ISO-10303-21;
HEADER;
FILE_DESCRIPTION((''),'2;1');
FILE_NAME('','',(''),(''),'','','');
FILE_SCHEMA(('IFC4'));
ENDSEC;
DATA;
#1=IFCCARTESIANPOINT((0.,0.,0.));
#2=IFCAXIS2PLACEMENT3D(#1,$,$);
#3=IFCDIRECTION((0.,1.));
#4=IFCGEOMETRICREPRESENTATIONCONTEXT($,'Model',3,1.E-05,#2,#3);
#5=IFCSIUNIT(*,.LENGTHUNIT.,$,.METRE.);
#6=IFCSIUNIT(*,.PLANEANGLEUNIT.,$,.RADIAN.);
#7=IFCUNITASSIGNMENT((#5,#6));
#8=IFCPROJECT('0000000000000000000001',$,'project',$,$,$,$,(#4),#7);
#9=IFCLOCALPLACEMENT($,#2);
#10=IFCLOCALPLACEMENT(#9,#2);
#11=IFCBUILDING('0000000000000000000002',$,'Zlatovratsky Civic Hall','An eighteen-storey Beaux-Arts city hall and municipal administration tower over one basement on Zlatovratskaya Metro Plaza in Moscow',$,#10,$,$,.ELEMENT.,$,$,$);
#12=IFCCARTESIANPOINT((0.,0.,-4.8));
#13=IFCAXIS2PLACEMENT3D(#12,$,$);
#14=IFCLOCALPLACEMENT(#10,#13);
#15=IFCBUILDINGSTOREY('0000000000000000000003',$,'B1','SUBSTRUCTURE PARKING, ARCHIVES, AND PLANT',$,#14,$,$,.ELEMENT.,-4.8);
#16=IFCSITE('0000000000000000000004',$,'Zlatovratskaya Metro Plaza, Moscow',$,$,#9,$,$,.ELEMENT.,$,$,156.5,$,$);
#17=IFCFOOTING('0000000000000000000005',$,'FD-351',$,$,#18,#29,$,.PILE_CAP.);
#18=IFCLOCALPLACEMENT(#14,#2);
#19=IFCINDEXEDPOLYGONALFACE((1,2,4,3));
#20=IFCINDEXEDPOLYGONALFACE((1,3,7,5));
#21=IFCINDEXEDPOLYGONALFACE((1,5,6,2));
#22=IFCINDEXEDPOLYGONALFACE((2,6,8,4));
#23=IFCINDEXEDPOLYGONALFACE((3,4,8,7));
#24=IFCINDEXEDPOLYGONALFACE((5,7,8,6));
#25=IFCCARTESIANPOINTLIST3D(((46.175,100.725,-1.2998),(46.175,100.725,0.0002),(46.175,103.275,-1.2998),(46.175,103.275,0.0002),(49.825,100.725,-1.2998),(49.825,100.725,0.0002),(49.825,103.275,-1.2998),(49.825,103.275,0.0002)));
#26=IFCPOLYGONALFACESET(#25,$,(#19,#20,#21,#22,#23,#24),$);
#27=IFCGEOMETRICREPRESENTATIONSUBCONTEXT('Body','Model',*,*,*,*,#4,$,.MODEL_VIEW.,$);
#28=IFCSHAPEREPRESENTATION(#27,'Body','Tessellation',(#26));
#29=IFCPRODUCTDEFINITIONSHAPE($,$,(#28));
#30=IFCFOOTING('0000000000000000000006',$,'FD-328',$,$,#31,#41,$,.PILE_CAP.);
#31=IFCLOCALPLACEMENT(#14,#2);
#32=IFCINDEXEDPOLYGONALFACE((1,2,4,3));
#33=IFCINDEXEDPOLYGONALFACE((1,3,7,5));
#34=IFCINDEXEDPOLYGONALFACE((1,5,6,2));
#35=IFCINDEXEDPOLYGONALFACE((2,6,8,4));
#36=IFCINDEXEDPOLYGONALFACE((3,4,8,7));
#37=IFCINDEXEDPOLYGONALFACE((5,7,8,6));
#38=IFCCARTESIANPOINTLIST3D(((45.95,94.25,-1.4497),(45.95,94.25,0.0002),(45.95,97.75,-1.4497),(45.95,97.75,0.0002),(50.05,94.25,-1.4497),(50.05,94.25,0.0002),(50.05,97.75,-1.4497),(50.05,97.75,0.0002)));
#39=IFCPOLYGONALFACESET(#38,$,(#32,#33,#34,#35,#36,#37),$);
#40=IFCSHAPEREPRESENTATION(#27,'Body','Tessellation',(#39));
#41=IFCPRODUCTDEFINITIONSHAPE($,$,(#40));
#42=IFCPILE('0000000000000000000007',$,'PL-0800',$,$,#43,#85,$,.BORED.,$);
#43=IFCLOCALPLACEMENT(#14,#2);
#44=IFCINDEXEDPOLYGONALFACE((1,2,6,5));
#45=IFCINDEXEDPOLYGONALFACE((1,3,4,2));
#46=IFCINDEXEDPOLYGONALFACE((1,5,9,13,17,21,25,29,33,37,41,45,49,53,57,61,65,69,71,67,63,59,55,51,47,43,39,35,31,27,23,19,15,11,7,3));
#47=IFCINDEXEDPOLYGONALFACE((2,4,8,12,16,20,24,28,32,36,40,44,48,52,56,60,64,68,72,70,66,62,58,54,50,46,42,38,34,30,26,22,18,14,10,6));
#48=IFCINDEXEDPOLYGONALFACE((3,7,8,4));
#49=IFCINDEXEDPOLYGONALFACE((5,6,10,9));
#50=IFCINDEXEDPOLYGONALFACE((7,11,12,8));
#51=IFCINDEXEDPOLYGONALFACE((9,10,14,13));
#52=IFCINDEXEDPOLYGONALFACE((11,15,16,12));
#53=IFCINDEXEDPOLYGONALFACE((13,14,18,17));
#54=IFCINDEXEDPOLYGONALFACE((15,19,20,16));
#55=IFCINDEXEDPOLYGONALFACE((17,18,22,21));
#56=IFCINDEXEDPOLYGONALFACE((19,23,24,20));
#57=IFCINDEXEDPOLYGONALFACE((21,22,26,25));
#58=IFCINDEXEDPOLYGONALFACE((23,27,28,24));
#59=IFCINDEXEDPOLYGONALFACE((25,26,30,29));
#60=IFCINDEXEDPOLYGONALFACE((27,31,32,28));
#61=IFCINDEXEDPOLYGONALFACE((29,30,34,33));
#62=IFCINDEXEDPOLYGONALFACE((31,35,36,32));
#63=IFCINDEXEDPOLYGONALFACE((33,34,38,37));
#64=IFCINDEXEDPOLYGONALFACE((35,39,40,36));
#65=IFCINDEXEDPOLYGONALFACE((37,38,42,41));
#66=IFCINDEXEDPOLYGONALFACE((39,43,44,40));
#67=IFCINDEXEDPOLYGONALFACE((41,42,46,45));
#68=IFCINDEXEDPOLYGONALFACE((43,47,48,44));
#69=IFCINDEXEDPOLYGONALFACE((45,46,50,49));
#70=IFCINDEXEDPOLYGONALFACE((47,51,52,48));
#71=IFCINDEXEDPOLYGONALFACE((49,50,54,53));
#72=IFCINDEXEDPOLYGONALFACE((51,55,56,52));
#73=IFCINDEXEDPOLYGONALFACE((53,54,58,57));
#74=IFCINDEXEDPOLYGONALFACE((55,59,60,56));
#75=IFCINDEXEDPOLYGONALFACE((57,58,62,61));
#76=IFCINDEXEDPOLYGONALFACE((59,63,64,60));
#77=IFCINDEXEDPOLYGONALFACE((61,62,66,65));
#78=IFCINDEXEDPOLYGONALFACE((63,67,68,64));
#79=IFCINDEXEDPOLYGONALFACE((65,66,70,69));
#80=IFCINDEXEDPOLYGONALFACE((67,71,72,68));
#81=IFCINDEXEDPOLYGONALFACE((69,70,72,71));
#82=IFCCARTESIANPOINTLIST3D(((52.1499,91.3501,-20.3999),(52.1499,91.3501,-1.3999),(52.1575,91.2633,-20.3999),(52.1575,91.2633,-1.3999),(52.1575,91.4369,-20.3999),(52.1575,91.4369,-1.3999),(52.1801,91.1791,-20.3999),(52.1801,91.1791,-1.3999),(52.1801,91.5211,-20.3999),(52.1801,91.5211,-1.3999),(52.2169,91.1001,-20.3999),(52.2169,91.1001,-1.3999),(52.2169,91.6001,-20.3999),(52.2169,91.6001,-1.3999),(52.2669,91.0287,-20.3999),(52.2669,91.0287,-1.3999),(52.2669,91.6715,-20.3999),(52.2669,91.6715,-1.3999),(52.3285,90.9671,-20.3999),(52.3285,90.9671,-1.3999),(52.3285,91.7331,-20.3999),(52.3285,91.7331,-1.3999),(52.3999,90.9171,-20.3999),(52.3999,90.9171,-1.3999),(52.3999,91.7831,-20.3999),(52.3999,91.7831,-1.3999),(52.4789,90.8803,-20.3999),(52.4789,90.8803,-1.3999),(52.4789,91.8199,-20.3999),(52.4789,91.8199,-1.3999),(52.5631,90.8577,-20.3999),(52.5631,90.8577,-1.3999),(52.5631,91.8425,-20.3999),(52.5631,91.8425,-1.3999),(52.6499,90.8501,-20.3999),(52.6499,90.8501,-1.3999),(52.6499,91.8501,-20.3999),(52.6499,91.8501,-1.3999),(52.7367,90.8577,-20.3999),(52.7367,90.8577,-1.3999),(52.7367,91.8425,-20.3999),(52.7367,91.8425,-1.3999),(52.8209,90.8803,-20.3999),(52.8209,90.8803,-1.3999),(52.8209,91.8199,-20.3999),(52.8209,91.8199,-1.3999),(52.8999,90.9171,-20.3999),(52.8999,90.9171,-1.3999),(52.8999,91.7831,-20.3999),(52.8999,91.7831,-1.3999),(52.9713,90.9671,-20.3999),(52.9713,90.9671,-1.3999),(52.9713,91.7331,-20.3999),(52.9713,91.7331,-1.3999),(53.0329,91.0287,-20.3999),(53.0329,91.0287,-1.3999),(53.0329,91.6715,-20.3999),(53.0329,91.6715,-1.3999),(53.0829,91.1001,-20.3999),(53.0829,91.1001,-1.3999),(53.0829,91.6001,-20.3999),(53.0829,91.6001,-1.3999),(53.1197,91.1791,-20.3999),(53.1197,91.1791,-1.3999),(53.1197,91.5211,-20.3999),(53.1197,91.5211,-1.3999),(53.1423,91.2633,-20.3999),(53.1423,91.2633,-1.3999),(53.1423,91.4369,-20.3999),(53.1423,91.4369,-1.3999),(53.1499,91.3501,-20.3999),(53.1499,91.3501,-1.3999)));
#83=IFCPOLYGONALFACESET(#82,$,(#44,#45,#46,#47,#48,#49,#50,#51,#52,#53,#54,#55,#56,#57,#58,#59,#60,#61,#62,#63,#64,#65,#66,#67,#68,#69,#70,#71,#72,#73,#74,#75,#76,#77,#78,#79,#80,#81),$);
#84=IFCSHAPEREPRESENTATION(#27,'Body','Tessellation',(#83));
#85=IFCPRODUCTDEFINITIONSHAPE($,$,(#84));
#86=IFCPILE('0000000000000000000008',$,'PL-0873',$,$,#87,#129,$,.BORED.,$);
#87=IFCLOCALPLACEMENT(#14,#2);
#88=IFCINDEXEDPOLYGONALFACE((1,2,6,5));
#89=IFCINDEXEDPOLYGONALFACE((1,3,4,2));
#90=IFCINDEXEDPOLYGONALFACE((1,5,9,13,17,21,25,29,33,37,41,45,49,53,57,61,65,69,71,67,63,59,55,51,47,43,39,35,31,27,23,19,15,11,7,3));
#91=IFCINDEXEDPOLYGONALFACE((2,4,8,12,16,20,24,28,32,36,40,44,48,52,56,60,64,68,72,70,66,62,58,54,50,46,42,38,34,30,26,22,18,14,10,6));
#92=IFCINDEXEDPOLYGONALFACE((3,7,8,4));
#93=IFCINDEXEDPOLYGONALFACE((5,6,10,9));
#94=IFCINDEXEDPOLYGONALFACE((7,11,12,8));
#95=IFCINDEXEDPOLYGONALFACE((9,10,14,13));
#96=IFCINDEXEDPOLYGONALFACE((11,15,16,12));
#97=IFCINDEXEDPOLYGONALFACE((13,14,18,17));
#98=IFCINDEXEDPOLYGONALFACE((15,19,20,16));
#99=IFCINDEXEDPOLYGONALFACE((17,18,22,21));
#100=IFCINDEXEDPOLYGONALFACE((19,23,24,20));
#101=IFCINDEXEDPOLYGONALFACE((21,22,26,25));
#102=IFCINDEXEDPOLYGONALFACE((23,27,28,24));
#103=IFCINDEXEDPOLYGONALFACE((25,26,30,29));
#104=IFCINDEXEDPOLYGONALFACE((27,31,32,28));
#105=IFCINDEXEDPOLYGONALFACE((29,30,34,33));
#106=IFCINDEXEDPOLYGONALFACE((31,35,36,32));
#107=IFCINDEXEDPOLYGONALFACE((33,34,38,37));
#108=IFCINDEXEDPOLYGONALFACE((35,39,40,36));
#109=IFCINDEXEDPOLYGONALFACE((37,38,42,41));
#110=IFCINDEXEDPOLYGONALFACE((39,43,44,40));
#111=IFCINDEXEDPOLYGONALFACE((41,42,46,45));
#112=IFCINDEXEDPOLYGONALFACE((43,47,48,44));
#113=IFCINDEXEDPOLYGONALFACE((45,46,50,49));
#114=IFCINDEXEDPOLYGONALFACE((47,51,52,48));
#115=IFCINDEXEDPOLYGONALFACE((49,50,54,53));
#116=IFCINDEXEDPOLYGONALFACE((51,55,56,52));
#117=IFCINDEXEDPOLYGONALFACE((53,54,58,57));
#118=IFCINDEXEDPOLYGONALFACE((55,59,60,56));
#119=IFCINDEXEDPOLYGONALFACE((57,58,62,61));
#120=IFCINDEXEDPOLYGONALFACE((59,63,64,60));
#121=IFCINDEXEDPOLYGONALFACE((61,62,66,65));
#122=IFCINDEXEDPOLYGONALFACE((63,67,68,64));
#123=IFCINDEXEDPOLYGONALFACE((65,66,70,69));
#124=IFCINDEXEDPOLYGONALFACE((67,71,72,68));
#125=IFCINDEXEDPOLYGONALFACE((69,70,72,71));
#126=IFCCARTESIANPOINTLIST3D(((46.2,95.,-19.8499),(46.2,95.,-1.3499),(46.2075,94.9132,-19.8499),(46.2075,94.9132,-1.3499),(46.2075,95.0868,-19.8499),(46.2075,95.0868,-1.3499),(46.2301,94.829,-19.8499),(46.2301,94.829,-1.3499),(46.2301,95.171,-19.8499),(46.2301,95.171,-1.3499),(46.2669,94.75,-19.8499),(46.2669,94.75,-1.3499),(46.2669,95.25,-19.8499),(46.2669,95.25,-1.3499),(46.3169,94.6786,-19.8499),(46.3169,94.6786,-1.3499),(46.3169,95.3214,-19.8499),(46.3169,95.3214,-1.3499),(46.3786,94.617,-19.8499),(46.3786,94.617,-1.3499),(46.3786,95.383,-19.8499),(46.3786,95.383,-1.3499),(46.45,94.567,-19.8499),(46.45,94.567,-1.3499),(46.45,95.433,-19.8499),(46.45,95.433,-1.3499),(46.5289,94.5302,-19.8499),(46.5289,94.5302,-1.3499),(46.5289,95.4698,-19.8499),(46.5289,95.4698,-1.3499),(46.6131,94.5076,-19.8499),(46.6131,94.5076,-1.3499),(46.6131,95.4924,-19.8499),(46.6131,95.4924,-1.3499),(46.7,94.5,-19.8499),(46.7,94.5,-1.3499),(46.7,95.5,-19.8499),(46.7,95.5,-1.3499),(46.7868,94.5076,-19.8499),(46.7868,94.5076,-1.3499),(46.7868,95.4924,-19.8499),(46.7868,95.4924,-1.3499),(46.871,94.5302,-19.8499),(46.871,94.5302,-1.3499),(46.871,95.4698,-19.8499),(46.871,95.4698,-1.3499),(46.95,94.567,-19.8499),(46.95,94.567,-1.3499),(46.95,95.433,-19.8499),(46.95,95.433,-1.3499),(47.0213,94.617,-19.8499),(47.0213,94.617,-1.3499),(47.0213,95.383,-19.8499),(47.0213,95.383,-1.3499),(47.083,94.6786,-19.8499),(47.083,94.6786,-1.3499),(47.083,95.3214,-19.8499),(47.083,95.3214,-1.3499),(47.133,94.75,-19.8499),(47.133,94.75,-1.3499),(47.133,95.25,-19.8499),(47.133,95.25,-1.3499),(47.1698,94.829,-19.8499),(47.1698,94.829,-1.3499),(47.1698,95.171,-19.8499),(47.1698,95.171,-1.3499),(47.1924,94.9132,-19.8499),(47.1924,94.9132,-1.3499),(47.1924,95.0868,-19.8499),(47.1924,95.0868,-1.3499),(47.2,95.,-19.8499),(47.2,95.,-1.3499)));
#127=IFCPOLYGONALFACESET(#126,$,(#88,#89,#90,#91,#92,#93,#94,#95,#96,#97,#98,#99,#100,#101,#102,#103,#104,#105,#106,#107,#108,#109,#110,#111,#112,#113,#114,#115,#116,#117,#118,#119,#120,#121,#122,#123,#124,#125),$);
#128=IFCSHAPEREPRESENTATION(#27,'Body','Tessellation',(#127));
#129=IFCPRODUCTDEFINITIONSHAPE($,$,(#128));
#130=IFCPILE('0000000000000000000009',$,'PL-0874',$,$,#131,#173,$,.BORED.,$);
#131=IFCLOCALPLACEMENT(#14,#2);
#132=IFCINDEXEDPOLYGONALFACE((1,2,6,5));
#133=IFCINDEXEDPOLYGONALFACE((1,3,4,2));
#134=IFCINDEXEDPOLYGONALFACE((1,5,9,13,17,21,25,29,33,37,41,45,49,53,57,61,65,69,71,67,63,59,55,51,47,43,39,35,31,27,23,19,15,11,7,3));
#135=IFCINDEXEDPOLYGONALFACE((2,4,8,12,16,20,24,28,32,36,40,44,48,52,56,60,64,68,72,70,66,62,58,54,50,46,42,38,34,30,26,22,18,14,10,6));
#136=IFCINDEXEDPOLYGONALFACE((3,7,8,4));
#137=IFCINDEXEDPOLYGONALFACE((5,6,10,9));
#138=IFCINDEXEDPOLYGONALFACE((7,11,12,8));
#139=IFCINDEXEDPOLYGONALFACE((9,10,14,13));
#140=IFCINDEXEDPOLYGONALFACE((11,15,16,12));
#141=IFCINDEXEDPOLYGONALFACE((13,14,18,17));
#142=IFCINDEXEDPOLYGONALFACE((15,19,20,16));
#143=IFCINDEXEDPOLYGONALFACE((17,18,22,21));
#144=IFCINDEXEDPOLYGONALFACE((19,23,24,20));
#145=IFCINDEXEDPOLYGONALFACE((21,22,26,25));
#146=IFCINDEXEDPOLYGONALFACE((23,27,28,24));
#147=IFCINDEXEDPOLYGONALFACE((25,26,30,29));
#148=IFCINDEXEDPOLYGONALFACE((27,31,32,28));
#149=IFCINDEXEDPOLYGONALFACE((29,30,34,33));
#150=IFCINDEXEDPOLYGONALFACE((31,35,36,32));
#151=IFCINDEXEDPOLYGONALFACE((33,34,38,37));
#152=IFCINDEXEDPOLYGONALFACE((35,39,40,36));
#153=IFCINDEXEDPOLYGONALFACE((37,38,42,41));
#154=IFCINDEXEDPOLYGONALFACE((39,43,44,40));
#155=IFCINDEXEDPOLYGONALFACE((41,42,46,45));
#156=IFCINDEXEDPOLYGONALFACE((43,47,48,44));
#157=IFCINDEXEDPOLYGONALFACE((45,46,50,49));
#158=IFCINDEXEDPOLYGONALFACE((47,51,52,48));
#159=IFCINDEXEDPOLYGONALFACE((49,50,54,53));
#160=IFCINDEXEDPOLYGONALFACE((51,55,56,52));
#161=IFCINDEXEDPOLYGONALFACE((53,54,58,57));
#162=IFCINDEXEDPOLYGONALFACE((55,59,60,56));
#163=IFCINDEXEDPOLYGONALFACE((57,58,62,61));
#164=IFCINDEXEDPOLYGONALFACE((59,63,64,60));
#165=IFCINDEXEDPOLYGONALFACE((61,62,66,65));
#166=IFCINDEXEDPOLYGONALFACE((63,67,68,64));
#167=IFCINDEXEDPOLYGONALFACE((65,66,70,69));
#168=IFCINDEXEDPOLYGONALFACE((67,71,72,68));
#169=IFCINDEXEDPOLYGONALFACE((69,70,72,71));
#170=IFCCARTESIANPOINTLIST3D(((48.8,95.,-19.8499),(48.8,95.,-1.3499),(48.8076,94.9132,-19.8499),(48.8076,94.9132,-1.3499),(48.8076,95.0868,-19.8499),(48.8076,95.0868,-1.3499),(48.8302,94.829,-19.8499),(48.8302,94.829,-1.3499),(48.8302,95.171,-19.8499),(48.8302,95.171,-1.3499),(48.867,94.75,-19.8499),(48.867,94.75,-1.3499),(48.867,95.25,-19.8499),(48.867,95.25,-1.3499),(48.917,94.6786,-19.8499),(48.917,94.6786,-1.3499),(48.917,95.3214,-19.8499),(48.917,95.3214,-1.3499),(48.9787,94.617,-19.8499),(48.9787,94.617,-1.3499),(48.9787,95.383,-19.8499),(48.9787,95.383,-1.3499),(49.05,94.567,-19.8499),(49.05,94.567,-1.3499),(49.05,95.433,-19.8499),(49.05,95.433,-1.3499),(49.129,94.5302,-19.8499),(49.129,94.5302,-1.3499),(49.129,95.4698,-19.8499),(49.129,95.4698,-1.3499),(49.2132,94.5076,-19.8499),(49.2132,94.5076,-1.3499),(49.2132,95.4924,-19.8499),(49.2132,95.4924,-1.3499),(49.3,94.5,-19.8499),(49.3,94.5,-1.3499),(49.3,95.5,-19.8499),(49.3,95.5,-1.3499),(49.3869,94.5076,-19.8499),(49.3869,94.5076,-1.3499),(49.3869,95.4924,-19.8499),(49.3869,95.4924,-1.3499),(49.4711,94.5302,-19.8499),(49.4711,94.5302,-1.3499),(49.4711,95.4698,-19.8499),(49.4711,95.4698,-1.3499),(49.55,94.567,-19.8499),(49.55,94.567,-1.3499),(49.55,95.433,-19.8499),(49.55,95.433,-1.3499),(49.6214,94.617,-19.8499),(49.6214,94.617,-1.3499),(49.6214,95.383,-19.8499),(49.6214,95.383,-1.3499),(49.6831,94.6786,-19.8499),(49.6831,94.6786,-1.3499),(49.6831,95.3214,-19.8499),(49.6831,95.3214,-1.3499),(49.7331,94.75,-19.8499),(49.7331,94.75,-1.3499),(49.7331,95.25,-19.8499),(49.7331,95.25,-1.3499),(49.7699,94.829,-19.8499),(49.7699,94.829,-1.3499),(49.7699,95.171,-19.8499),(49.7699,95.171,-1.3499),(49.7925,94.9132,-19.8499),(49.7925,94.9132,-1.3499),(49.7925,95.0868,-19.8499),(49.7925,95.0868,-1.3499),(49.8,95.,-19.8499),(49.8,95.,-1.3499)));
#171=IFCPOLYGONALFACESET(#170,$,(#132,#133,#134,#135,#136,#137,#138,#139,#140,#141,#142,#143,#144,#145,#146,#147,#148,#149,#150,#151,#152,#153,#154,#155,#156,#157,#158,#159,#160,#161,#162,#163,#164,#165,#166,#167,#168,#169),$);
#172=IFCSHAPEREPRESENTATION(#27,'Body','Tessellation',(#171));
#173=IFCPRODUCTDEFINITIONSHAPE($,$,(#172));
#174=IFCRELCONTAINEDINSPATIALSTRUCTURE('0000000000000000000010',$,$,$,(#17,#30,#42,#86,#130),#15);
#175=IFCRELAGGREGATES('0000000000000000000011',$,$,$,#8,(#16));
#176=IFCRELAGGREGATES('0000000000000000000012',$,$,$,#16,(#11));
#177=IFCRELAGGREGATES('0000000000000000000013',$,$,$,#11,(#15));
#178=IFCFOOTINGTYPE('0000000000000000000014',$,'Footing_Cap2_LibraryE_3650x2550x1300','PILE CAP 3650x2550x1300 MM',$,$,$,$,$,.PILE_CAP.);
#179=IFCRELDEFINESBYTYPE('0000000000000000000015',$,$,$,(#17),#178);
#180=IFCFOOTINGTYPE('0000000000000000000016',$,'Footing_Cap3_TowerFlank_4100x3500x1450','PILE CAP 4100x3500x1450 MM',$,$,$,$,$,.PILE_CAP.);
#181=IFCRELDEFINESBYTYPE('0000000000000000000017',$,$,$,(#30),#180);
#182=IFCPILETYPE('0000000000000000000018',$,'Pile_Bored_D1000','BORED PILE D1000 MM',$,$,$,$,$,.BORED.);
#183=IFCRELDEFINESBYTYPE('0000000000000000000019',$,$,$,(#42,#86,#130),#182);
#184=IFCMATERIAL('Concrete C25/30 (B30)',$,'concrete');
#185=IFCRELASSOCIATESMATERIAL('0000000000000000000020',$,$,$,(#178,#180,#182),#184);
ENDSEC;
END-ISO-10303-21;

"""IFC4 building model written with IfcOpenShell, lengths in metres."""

from ifc_helpers import new_model, si_unit, direction, frame, origin, origin_2d, place, context, subcontext, project, spatial, rectangle, circle, extrude, material, material_profile, profile_set, type_object, element, save


model = new_model("IFC4")

# Units and contexts
model_context = context("Model", 3, precision=1e-05, world=origin(), true_north=direction((0.0, 1.0)))
body_context = subcontext(model_context, "Body", "Model", "MODEL_VIEW")
ifc_project = project(units=[si_unit("LENGTHUNIT", "METRE"), si_unit("PLANEANGLEUNIT", "RADIAN")], contexts=[model_context])

# Site, building, storey
site_placement = place(None, origin())
site = spatial("IfcSite", under=ifc_project, at=site_placement, Name="Zlatovratskaya Metro Plaza, Moscow", CompositionType="ELEMENT", RefElevation=156.5)
building_placement = place(site_placement, origin())
building = spatial("IfcBuilding", under=site, at=building_placement, Name="Zlatovratsky Civic Hall", Description="An eighteen-storey Beaux-Arts city hall and municipal administration tower over one basement on Zlatovratskaya Metro Plaza in Moscow", CompositionType="ELEMENT")
storey_placement = place(building_placement, frame((0.0, 0.0, -4.8)))
storey = spatial("IfcBuildingStorey", under=building, at=storey_placement, Name="B1", Description="SUBSTRUCTURE PARKING, ARCHIVES, AND PLANT", CompositionType="ELEMENT", Elevation=-4.8)

# Footings
ifc_material_1 = material(Name="Concrete C25/30 (B30)", Category="concrete")
footing_type_1 = type_object("IfcFootingType", Name="Footing_Cap2_LibraryE_3650x2550x1300", Description="PILE CAP 3650x2550x1300 MM", PredefinedType="PILE_CAP", material=ifc_material_1)
footing_1_placement = place(storey_placement, frame((48.0, 102.0, -1.2998), z_axis=(0.0, 0.0, 1.0), x_axis=(1.0, 0.0, 0.0)))
element("IfcFooting", 1, at=footing_1_placement, inside=storey, type_object=footing_type_1, Name="FD-351", PredefinedType="PILE_CAP", context=body_context, shape_type="SweptSolid", body=[
    extrude(rectangle(XDim=3.6499, YDim=2.55, at=origin_2d()), origin(), (0.0, 0.0, 1.0), 1.3),
])
footing_type_2 = type_object("IfcFootingType", Name="Footing_Cap3_TowerFlank_4100x3500x1450", Description="PILE CAP 4100x3500x1450 MM", PredefinedType="PILE_CAP", material=ifc_material_1)
footing_2_placement = place(storey_placement, frame((48.0, 96.0, -1.4497), z_axis=(0.0, 0.0, 1.0), x_axis=(1.0, 0.0, 0.0)))
element("IfcFooting", 2, at=footing_2_placement, inside=storey, type_object=footing_type_2, Name="FD-328", PredefinedType="PILE_CAP", context=body_context, shape_type="SweptSolid", body=[
    extrude(rectangle(XDim=4.1001, YDim=3.5, at=origin_2d()), origin(), (0.0, 0.0, 1.0), 1.45),
])

# Piles
ifc_material_profile_1 = material_profile(ifc_material_1, circle(Radius=0.5, at=origin_2d()), Name="PILE D1000")
ifc_profile_set_1 = profile_set([ifc_material_profile_1], Name="Concrete C25/30 (B30)")
pile_type_1 = type_object("IfcPileType", Name="Pile_Bored_D1000", Description="BORED PILE D1000 MM", PredefinedType="BORED", material=ifc_profile_set_1)
pile_1_placement = place(storey_placement, frame((52.6499, 91.3501, -1.3999), z_axis=(0.0, 0.0, -1.0), x_axis=(1.0, 0.0, 0.0)))
element("IfcPile", 3, at=pile_1_placement, inside=storey, type_object=pile_type_1, Name="PL-0800", PredefinedType="BORED", context=body_context, shape_type="SweptSolid", body=[
    extrude(circle(Radius=0.5, at=origin_2d()), origin(), (0.0, 0.0, 1.0), 19.0),
])
for number, where, z_axis, x_axis, name in (
    (4, (46.7, 95.0, -1.3499), (0.0, 0.0, -1.0), (1.0, 0.0, 0.0), "PL-0873"),
    (5, (49.3, 95.0, -1.3499), (0.0, 0.0, -1.0), (1.0, 0.0, 0.0), "PL-0874"),
):
    element("IfcPile", number, at=place(storey_placement, frame(where, z_axis=z_axis, x_axis=x_axis)), inside=storey, type_object=pile_type_1, Name=name, PredefinedType="BORED", context=body_context, shape_type="SweptSolid", body=[
        extrude(circle(Radius=0.5, at=origin_2d()), origin(), (0.0, 0.0, 1.0), 18.5),
    ])

save(model, "model.ifc")
